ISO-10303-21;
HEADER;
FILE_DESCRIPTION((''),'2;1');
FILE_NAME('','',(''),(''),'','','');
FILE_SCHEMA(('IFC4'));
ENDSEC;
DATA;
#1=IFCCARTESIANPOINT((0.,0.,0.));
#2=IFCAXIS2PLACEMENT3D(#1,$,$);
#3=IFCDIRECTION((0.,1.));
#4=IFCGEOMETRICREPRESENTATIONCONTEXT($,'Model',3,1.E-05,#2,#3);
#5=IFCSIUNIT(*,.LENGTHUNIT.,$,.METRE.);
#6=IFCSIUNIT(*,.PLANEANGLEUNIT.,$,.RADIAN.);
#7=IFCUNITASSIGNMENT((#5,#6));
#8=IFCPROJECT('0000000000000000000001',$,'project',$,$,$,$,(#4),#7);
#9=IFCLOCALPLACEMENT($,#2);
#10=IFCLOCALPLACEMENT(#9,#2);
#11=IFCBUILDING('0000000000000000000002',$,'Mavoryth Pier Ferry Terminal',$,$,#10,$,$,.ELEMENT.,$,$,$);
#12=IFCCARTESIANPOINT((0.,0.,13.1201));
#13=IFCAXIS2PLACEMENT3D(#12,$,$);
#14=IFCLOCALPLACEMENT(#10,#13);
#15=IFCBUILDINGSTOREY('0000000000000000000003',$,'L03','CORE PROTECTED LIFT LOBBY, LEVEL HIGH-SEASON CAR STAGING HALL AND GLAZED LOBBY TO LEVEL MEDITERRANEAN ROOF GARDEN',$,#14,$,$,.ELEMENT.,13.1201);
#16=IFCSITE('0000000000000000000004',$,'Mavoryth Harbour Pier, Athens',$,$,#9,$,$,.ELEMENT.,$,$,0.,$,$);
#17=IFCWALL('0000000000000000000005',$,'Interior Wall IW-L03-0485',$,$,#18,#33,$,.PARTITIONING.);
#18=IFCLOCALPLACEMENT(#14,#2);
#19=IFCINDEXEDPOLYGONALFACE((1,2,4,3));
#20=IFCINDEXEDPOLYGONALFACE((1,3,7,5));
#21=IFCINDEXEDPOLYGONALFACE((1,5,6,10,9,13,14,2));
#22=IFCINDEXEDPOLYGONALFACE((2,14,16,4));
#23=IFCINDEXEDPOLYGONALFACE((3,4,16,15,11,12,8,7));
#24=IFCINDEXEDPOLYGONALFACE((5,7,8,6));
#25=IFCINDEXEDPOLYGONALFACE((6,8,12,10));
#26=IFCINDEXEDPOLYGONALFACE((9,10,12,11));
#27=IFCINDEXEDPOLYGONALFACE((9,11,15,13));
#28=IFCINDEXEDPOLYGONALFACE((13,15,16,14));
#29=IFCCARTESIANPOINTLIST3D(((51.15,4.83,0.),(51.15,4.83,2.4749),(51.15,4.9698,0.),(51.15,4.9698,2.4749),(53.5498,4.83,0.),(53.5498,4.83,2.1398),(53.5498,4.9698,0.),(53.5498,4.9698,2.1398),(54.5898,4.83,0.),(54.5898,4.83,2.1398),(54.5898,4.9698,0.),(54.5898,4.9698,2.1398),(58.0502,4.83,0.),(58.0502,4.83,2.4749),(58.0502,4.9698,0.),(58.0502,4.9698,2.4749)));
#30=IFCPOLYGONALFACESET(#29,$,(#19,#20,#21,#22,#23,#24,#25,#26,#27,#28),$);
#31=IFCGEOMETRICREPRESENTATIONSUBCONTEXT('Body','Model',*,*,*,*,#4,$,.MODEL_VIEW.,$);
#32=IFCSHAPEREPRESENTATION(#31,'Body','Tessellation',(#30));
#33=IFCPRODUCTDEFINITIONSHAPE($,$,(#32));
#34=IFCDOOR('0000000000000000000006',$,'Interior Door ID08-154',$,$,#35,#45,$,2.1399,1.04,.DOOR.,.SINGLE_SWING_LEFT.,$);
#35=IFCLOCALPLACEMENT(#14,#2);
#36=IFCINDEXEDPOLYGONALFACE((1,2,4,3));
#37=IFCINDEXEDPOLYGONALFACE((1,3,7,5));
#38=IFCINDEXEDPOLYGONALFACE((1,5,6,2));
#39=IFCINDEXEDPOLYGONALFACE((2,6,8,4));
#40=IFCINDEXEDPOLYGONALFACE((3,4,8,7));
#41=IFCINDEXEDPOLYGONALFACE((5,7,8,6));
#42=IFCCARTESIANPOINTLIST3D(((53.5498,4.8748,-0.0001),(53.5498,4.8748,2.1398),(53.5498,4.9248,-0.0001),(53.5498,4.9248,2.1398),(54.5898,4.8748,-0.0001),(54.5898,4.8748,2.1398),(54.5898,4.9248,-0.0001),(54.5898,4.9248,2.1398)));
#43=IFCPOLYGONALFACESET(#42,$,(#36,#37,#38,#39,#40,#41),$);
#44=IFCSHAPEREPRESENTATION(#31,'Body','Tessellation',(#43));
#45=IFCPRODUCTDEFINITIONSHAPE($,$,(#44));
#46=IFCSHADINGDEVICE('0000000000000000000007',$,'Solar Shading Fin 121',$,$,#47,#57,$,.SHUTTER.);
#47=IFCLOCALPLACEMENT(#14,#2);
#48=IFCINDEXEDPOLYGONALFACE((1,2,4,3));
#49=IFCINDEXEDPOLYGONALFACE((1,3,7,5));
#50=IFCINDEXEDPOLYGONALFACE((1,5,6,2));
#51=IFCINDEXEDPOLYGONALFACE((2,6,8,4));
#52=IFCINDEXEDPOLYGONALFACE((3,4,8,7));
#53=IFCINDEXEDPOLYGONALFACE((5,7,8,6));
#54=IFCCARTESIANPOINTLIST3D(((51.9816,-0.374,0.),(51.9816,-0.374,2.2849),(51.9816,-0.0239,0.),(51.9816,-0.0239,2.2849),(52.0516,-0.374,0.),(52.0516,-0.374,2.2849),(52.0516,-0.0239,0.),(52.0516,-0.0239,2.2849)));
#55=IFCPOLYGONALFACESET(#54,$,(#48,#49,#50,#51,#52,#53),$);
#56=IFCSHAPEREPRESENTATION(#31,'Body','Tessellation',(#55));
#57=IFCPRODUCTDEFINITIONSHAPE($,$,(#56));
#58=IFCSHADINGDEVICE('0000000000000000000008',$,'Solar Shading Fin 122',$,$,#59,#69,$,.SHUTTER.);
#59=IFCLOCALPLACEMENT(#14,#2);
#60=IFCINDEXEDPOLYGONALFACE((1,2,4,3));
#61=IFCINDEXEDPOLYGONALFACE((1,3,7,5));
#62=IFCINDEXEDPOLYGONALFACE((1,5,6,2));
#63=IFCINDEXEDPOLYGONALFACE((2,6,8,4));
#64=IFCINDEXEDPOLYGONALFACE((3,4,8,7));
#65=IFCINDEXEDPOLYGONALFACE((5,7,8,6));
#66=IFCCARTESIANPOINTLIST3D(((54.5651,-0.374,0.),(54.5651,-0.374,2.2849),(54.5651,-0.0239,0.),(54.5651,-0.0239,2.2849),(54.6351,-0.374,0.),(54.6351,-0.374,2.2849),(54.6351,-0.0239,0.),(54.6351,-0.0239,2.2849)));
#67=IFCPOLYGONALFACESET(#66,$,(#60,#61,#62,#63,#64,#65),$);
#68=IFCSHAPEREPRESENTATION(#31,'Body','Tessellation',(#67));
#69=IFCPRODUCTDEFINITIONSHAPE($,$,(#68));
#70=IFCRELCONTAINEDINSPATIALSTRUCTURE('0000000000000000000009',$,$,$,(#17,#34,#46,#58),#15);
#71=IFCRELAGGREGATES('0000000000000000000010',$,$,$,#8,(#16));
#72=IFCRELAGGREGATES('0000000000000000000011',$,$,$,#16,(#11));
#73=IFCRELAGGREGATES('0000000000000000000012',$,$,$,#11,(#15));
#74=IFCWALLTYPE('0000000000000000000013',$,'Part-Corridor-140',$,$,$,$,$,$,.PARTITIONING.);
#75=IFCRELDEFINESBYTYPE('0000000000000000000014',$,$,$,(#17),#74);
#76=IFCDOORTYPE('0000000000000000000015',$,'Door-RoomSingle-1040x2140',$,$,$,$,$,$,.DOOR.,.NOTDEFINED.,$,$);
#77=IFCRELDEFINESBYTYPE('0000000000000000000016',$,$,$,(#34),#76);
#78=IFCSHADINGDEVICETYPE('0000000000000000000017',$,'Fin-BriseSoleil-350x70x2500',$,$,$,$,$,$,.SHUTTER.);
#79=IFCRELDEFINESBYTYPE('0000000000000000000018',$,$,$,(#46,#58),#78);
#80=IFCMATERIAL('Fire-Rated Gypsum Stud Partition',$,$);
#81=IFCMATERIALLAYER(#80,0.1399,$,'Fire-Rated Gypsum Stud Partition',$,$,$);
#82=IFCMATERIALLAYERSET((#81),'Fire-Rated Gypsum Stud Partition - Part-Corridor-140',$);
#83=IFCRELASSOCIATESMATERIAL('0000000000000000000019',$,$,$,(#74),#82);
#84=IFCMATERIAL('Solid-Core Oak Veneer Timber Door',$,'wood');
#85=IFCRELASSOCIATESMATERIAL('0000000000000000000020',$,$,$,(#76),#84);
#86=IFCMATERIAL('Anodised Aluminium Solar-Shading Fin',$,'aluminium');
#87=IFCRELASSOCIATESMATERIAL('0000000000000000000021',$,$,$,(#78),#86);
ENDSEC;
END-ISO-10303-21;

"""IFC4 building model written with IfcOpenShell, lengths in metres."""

from ifc_helpers import new_model, si_unit, direction, frame, frame_2d, origin, origin_2d, place, context, subcontext, project, spatial, rectangle, extrude, material, layer, layer_set, type_object, element, fill, save


model = new_model("IFC4")

# Units and contexts
model_context = context("Model", 3, precision=1e-05, world=origin(), true_north=direction((0.0, 1.0)))
body_context = subcontext(model_context, "Body", "Model", "MODEL_VIEW")
ifc_project = project(units=[si_unit("LENGTHUNIT", "METRE"), si_unit("PLANEANGLEUNIT", "RADIAN")], contexts=[model_context])

# Site, building, storey
site_placement = place(None, origin())
site = spatial("IfcSite", under=ifc_project, at=site_placement, Name="Mavoryth Harbour Pier, Athens", CompositionType="ELEMENT", RefElevation=0.0)
building_placement = place(site_placement, origin())
building = spatial("IfcBuilding", under=site, at=building_placement, Name="Mavoryth Pier Ferry Terminal", CompositionType="ELEMENT")
storey_placement = place(building_placement, frame((0.0, 0.0, 13.1201)))
storey = spatial("IfcBuildingStorey", under=building, at=storey_placement, Name="L03", Description="CORE PROTECTED LIFT LOBBY, LEVEL HIGH-SEASON CAR STAGING HALL AND GLAZED LOBBY TO LEVEL MEDITERRANEAN ROOF GARDEN", CompositionType="ELEMENT", Elevation=13.1201)

# Wall, opening, door
ifc_material_1 = material(Name="Fire-Rated Gypsum Stud Partition")
ifc_layer_1 = layer(ifc_material_1, 0.1399, Name="Fire-Rated Gypsum Stud Partition")
ifc_layer_set_1 = layer_set([ifc_layer_1], Name="Fire-Rated Gypsum Stud Partition - Part-Corridor-140")
wall_type_1 = type_object("IfcWallType", Name="Part-Corridor-140", PredefinedType="PARTITIONING", material=ifc_layer_set_1)
wall_1_placement = place(storey_placement, frame((51.1499, 4.8999, 0.0), z_axis=(0.0, 0.0, 1.0), x_axis=(1.0, 0.0, 0.0)))
wall_1 = element("IfcWall", 1, at=wall_1_placement, inside=storey, type_object=wall_type_1, Name="Interior Wall IW-L03-0485", PredefinedType="PARTITIONING", context=body_context, shape_type="SweptSolid", body=[
    extrude(rectangle(XDim=6.9001, YDim=0.1399, at=frame_2d((3.4502, 0.0))), origin(), (0.0, 0.0, 1.0), 2.4749),
])
opening_placement = place(wall_1_placement, frame((2.3999, 0.0, 0.0)))
opening = element("IfcOpeningElement", 2, at=opening_placement, cuts=wall_1, PredefinedType="OPENING", context=body_context, shape_type="SweptSolid", body=[
    extrude(rectangle(XDim=1.04, YDim=2.1399, at=frame_2d((0.52, 1.0698))), frame((0.0, 0.0798, 0.0), z_axis=(0.0, -1.0, 0.0), x_axis=(1.0, 0.0, 0.0)), (0.0, 0.0, 1.0), 0.1599),
])
ifc_material_2 = material(Name="Solid-Core Oak Veneer Timber Door", Category="wood")
door_type = type_object("IfcDoorType", Name="Door-RoomSingle-1040x2140", OperationType="NOTDEFINED", PredefinedType="DOOR", material=ifc_material_2)
door_placement = place(opening_placement, origin())
door = element("IfcDoor", 3, at=door_placement, inside=storey, type_object=door_type, Name="Interior Door ID08-154", OperationType="SINGLE_SWING_LEFT", OverallHeight=2.1399, OverallWidth=1.04, PredefinedType="DOOR", context=body_context, shape_type="SweptSolid", body=[
    extrude(rectangle(XDim=1.04, YDim=2.1399, at=frame_2d((0.52, 1.0698))), frame((0.0, 0.0249, 0.0), z_axis=(0.0, -1.0, 0.0), x_axis=(1.0, 0.0, 0.0)), (0.0, 0.0, 1.0), 0.05),
])
fill(opening, door)

# Shading devices
ifc_material_3 = material(Name="Anodised Aluminium Solar-Shading Fin", Category="aluminium")
shading_device_type = type_object("IfcShadingDeviceType", Name="Fin-BriseSoleil-350x70x2500", PredefinedType="SHUTTER", material=ifc_material_3)
for number, where, z_axis, x_axis, name in (
    (4, (52.0166, -0.199, 0.0), (0.0, 0.0, 1.0), (1.0, 0.0, 0.0), "Solar Shading Fin 121"),
    (5, (54.6001, -0.199, 0.0), (0.0, 0.0, 1.0), (1.0, 0.0, 0.0), "Solar Shading Fin 122"),
):
    element("IfcShadingDevice", number, at=place(storey_placement, frame(where, z_axis=z_axis, x_axis=x_axis)), inside=storey, type_object=shading_device_type, Name=name, PredefinedType="SHUTTER", context=body_context, shape_type="SweptSolid", body=[
        extrude(rectangle(XDim=0.0701, YDim=0.3501, at=origin_2d()), origin(), (0.0, 0.0, 1.0), 2.2849),
    ])

save(model, "model.ifc")
